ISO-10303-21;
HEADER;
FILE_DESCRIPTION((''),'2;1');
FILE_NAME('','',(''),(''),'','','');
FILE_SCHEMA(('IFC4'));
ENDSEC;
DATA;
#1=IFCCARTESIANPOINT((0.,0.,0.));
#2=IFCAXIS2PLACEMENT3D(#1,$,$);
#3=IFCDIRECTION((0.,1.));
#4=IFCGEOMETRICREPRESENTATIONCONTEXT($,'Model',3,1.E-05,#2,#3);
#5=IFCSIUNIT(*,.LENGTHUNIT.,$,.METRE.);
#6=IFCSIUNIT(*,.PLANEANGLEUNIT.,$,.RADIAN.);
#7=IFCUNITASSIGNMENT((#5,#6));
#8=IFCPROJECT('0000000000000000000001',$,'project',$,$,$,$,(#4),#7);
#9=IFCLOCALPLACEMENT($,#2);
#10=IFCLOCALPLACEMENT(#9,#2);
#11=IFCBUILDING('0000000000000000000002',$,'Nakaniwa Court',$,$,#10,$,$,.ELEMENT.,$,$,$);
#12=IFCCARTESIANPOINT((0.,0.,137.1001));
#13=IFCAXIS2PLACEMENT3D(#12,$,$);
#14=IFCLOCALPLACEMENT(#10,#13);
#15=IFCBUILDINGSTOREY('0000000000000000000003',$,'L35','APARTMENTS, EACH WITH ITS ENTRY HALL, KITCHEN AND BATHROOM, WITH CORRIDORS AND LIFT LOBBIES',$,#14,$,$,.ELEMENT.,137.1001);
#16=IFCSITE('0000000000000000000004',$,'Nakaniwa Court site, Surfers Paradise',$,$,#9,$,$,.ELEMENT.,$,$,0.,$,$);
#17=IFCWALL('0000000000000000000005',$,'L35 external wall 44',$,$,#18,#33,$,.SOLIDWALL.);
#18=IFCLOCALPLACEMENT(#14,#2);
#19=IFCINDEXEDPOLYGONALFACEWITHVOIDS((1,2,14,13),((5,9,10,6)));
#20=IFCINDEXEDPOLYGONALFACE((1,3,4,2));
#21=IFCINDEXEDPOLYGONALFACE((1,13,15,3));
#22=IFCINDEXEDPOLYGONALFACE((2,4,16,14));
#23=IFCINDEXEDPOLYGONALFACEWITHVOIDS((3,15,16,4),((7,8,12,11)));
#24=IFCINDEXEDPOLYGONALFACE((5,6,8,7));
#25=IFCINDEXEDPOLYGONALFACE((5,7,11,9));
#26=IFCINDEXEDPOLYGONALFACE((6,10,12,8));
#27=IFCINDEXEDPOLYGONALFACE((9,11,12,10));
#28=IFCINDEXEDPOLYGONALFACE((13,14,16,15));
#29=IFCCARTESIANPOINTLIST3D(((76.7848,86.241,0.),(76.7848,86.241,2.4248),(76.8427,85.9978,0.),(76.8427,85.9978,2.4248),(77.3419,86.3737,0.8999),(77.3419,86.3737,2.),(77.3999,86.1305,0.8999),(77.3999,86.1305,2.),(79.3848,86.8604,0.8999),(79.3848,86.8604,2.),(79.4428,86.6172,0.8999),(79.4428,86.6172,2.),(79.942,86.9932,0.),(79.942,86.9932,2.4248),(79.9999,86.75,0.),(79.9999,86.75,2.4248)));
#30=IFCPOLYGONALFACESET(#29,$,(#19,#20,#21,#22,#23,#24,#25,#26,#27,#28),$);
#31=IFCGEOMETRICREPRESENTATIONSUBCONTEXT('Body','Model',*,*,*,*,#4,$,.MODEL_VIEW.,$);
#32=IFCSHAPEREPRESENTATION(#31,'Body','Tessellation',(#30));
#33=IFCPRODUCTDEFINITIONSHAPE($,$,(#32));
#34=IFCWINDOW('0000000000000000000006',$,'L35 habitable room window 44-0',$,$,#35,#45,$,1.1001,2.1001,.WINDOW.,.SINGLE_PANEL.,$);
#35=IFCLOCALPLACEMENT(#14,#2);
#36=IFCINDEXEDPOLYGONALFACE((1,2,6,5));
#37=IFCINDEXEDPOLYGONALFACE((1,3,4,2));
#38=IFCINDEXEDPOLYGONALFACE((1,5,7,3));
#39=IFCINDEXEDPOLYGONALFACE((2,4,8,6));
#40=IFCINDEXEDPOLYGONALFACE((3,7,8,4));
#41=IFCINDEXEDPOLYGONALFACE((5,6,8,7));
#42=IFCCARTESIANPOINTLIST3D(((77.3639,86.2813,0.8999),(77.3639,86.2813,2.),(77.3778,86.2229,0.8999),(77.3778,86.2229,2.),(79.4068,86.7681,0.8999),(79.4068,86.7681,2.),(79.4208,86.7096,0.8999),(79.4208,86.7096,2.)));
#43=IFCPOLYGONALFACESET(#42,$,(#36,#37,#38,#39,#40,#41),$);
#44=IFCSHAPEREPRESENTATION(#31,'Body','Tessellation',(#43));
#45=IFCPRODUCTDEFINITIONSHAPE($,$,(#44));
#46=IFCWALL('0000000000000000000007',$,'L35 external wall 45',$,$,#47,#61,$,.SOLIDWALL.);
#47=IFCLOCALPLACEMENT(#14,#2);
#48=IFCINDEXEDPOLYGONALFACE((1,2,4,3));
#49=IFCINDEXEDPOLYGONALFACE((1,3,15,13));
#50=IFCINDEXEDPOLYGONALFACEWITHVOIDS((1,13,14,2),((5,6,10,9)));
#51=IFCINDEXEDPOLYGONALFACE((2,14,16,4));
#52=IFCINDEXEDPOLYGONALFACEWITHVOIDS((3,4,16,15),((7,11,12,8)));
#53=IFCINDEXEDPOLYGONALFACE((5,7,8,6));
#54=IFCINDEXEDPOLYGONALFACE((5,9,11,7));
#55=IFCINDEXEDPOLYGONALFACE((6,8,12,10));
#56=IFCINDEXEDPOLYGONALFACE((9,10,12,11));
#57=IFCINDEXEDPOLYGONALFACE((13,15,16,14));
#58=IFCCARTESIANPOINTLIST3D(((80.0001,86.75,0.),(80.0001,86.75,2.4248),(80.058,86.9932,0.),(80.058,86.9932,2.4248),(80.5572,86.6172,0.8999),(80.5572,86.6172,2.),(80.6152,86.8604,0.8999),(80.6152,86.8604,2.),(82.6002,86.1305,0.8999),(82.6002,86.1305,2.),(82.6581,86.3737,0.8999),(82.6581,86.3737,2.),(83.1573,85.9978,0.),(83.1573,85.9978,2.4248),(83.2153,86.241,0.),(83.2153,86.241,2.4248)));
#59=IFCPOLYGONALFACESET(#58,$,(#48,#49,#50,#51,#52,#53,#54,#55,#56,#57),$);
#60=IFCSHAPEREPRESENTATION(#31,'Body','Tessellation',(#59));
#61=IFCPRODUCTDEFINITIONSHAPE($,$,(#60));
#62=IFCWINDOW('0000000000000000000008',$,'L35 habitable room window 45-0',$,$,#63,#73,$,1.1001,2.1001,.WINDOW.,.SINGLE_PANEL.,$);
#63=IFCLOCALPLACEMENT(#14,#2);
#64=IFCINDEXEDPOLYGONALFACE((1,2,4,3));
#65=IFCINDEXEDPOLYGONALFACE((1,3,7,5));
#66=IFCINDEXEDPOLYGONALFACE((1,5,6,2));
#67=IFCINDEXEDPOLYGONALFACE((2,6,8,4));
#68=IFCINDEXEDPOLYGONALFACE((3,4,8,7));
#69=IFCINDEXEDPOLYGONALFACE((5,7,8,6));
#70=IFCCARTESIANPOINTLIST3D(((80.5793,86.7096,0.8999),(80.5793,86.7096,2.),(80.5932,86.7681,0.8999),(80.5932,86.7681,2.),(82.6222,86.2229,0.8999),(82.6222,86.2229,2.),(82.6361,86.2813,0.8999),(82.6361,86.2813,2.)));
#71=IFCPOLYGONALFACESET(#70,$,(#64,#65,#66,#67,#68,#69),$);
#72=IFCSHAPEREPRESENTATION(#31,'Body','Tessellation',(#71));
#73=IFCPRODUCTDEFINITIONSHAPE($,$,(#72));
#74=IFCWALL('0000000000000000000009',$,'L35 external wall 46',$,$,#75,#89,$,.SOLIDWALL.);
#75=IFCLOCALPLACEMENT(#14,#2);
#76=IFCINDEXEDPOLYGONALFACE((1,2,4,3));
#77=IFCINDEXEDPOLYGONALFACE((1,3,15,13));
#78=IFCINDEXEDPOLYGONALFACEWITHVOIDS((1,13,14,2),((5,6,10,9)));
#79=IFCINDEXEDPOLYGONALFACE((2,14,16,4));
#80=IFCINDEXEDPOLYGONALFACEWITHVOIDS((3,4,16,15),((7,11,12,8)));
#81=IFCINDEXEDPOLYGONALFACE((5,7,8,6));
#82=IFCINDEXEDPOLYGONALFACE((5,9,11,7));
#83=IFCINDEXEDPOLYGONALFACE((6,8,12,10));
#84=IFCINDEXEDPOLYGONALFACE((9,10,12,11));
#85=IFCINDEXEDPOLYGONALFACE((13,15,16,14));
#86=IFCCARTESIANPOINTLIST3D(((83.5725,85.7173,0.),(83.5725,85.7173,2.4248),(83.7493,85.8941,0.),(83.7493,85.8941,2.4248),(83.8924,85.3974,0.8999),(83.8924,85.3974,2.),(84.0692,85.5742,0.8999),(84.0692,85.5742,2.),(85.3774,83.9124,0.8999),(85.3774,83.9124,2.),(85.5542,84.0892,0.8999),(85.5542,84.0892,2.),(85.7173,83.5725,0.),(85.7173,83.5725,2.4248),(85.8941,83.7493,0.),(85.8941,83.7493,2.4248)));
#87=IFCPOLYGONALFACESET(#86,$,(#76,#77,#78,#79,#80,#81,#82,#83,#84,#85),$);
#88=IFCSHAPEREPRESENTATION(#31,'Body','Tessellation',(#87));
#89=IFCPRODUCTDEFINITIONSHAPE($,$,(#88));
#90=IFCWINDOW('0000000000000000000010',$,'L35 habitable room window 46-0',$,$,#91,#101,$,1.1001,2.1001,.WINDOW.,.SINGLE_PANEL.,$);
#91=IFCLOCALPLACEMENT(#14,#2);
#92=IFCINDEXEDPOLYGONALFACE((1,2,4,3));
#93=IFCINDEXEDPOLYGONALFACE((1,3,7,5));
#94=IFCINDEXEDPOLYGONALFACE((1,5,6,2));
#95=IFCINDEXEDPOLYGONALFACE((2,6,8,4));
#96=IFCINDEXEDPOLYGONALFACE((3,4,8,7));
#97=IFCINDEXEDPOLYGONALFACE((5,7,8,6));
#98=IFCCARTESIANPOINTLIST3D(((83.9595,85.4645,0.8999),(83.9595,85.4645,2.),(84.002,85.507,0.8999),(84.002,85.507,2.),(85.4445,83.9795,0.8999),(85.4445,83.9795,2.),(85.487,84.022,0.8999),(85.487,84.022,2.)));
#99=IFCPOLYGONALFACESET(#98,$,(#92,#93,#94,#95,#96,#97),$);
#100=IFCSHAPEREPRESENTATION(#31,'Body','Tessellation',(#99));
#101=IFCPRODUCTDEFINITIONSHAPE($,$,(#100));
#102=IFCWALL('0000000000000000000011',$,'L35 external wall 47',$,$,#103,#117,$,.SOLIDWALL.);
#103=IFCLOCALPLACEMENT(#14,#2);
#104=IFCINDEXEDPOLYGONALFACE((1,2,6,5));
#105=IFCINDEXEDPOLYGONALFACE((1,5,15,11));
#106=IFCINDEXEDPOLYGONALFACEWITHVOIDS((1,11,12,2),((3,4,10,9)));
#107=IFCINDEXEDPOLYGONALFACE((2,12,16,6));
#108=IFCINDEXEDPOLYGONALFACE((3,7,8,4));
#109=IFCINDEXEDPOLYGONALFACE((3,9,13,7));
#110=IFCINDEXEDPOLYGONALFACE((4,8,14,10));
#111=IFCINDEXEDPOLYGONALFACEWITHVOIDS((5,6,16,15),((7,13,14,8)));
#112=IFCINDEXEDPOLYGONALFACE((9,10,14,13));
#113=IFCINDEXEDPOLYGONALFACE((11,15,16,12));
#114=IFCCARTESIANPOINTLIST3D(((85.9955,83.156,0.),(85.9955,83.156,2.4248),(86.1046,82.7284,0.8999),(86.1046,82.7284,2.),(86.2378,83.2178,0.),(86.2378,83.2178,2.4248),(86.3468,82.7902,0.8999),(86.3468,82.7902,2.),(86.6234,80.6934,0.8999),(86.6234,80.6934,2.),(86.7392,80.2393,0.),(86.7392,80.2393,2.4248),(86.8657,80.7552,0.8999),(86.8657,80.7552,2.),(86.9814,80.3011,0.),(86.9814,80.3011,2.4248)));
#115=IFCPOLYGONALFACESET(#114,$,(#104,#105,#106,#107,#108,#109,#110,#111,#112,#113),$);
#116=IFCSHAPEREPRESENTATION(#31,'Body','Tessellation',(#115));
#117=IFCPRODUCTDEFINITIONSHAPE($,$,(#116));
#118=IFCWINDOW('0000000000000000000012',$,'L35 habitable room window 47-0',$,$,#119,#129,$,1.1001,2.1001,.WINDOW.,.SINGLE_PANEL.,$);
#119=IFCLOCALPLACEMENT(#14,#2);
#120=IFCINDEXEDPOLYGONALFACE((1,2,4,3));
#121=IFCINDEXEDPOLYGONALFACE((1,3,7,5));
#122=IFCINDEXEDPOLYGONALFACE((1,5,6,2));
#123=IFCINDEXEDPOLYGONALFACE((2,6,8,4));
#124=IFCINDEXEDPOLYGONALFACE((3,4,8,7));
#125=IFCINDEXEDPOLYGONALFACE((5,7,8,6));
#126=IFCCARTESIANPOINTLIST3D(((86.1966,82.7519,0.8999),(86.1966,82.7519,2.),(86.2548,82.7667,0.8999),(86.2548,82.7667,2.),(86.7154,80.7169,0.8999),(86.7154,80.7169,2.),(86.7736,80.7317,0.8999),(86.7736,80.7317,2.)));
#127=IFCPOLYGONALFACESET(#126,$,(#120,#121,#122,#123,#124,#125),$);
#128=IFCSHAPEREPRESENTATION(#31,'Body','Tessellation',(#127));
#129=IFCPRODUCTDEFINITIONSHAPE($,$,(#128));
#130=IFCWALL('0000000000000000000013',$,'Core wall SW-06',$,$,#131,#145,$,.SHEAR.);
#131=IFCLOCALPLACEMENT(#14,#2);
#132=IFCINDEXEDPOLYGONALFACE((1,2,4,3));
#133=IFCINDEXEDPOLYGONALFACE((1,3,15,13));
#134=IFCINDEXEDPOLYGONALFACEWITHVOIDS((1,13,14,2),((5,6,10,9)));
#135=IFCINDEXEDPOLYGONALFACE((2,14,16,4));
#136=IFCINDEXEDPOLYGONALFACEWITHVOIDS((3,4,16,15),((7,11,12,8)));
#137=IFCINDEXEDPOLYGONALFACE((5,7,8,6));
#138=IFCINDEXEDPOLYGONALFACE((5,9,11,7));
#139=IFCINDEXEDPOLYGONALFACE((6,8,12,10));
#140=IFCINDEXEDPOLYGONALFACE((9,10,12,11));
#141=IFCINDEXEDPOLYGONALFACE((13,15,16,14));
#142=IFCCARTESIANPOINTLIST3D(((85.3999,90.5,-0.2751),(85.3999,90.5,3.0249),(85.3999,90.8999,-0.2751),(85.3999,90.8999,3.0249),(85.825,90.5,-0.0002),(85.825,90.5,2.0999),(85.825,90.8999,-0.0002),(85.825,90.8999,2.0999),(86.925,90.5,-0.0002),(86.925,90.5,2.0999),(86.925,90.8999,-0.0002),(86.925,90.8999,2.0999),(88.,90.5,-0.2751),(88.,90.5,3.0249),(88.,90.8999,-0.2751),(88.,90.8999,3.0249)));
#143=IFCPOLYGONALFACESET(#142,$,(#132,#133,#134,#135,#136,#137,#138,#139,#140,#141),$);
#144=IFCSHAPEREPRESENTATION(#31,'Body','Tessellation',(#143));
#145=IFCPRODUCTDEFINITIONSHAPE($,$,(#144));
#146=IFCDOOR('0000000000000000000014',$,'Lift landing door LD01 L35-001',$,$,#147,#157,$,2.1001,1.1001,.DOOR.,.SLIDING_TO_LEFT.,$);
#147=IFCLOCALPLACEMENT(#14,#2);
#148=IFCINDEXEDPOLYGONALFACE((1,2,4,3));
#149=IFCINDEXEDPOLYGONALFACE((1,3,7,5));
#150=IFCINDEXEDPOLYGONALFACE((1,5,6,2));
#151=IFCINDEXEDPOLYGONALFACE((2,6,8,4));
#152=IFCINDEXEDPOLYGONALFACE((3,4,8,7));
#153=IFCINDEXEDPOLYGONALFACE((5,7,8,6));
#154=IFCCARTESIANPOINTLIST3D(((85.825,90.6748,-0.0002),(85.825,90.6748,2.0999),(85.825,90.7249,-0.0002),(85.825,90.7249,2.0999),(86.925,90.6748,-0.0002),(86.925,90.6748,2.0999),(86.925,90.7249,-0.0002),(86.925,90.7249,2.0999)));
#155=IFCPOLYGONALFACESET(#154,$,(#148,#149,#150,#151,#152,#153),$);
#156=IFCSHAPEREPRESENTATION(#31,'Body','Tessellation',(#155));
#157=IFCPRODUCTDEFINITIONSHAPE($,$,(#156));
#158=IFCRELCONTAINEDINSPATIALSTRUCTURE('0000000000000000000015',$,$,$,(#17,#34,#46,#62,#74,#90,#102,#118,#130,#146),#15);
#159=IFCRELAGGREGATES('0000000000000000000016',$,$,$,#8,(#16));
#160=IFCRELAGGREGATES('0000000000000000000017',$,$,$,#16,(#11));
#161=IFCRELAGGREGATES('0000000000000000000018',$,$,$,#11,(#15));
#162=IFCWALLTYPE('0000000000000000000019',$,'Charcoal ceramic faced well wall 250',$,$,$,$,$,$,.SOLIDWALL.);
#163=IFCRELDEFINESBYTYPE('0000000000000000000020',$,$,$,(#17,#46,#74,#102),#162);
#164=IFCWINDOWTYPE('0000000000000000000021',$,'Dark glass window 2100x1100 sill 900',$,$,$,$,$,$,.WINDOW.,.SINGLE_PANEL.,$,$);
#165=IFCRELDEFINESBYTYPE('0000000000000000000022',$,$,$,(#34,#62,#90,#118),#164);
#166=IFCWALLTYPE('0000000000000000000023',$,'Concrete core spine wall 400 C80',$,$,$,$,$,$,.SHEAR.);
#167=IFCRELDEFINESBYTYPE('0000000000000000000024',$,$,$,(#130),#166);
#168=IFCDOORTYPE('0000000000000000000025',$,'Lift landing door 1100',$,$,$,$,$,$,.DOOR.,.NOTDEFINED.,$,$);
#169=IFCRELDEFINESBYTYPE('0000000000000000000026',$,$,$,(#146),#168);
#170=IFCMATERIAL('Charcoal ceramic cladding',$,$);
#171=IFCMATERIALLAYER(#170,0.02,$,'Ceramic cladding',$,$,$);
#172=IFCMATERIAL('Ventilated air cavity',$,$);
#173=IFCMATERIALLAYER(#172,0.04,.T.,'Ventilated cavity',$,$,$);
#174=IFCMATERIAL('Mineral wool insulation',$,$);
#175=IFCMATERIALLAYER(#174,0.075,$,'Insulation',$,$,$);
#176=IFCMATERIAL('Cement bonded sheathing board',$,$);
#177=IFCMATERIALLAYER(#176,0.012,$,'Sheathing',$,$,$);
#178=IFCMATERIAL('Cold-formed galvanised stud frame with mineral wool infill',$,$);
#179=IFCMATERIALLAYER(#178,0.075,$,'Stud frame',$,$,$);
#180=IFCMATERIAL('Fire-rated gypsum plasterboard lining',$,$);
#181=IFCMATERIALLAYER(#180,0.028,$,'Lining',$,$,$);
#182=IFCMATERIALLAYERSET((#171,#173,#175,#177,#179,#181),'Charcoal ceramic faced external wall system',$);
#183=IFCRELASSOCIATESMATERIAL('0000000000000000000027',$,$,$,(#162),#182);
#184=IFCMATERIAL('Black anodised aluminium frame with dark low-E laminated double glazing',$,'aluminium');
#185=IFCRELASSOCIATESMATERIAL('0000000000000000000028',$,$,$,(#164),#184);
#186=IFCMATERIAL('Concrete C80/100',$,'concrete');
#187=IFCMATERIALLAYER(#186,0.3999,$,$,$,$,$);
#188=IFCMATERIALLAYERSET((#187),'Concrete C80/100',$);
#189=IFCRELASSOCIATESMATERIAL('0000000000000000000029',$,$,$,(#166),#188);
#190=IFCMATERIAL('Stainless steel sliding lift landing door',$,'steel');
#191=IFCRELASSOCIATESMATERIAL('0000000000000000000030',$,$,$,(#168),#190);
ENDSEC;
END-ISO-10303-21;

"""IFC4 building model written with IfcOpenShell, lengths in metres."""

from ifc_helpers import new_model, si_unit, direction, frame, frame_2d, origin, place, context, subcontext, project, spatial, rectangle, extrude, material, layer, layer_set, type_object, element, fill, save


model = new_model("IFC4")

# Units and contexts
model_context = context("Model", 3, precision=1e-05, world=origin(), true_north=direction((0.0, 1.0)))
body_context = subcontext(model_context, "Body", "Model", "MODEL_VIEW")
ifc_project = project(units=[si_unit("LENGTHUNIT", "METRE"), si_unit("PLANEANGLEUNIT", "RADIAN")], contexts=[model_context])

# Site, building, storey
site_placement = place(None, origin())
site = spatial("IfcSite", under=ifc_project, at=site_placement, Name="Nakaniwa Court site, Surfers Paradise", CompositionType="ELEMENT", RefElevation=0.0)
building_placement = place(site_placement, origin())
building = spatial("IfcBuilding", under=site, at=building_placement, Name="Nakaniwa Court", CompositionType="ELEMENT")
storey_placement = place(building_placement, frame((0.0, 0.0, 137.1001)))
storey = spatial("IfcBuildingStorey", under=building, at=storey_placement, Name="L35", Description="APARTMENTS, EACH WITH ITS ENTRY HALL, KITCHEN AND BATHROOM, WITH CORRIDORS AND LIFT LOBBIES", CompositionType="ELEMENT", Elevation=137.1001)

# Shared definitions
ifc_material_1 = material(Name="Concrete C80/100", Category="concrete")

# Walls, openings, windows
ifc_material_2 = material(Name="Charcoal ceramic cladding")
ifc_layer_1 = layer(ifc_material_2, 0.02, Name="Ceramic cladding")
ifc_material_3 = material(Name="Ventilated air cavity")
ifc_layer_2 = layer(ifc_material_3, 0.04, ventilated=True, Name="Ventilated cavity")
ifc_material_4 = material(Name="Mineral wool insulation")
ifc_layer_3 = layer(ifc_material_4, 0.075, Name="Insulation")
ifc_material_5 = material(Name="Cement bonded sheathing board")
ifc_layer_4 = layer(ifc_material_5, 0.012, Name="Sheathing")
ifc_material_6 = material(Name="Cold-formed galvanised stud frame with mineral wool infill")
ifc_layer_5 = layer(ifc_material_6, 0.075, Name="Stud frame")
ifc_material_7 = material(Name="Fire-rated gypsum plasterboard lining")
ifc_layer_6 = layer(ifc_material_7, 0.028, Name="Lining")
ifc_layer_set_1 = layer_set([ifc_layer_1, ifc_layer_2, ifc_layer_3, ifc_layer_4, ifc_layer_5, ifc_layer_6], Name="Charcoal ceramic faced external wall system")
wall_type_1 = type_object("IfcWallType", Name="Charcoal ceramic faced well wall 250", PredefinedType="SOLIDWALL", material=ifc_layer_set_1)
wall_1_placement = place(storey_placement, frame((76.8137, 86.1194, 0.0), z_axis=(0.0, 0.0, 1.0), x_axis=(0.972773, 0.23176, 0.0)))
wall_1 = element("IfcWall", 1, at=wall_1_placement, inside=storey, type_object=wall_type_1, Name="L35 external wall 44", PredefinedType="SOLIDWALL", context=body_context, shape_type="SweptSolid", body=[
    extrude(rectangle(XDim=3.2456, YDim=0.25, at=frame_2d((1.6228, 0.0))), origin(), (0.0, 0.0, 1.0), 2.4248),
])
opening_1_placement = place(wall_1_placement, frame((0.5728, 0.0, 0.8999)))
opening_1 = element("IfcOpeningElement", 2, at=opening_1_placement, cuts=wall_1, PredefinedType="OPENING", context=body_context, shape_type="SweptSolid", body=[
    extrude(rectangle(XDim=2.1001, YDim=1.1001, at=frame_2d((1.05, 0.55))), frame((0.0, 0.135, 0.0), z_axis=(0.0, -1.0, 0.0), x_axis=(1.0, 0.0, 0.0)), (0.0, 0.0, 1.0), 0.27),
])
ifc_material_8 = material(Name="Black anodised aluminium frame with dark low-E laminated double glazing", Category="aluminium")
window_type = type_object("IfcWindowType", Name="Dark glass window 2100x1100 sill 900", PartitioningType="SINGLE_PANEL", PredefinedType="WINDOW", material=ifc_material_8)
window_1_placement = place(opening_1_placement, origin())
window_1 = element("IfcWindow", 3, at=window_1_placement, inside=storey, type_object=window_type, Name="L35 habitable room window 44-0", OverallHeight=1.1001, OverallWidth=2.1001, PartitioningType="SINGLE_PANEL", PredefinedType="WINDOW", context=body_context, shape_type="SweptSolid", body=[
    extrude(rectangle(XDim=2.1001, YDim=1.1001, at=frame_2d((1.05, 0.55))), frame((0.0, 0.03, 0.0), z_axis=(0.0, -1.0, 0.0), x_axis=(1.0, 0.0, 0.0)), (0.0, 0.0, 1.0), 0.0601),
])
fill(opening_1, window_1)
wall_2_placement = place(storey_placement, frame((80.0291, 86.8716, 0.0), z_axis=(0.0, 0.0, 1.0), x_axis=(0.972773, -0.23176, 0.0)))
wall_2 = element("IfcWall", 4, at=wall_2_placement, inside=storey, type_object=wall_type_1, Name="L35 external wall 45", PredefinedType="SOLIDWALL", context=body_context, shape_type="SweptSolid", body=[
    extrude(rectangle(XDim=3.2456, YDim=0.25, at=frame_2d((1.6228, 0.0))), origin(), (0.0, 0.0, 1.0), 2.4248),
])
opening_2_placement = place(wall_2_placement, frame((0.5728, 0.0, 0.8999)))
opening_2 = element("IfcOpeningElement", 5, at=opening_2_placement, cuts=wall_2, PredefinedType="OPENING", context=body_context, shape_type="SweptSolid", body=[
    extrude(rectangle(XDim=2.1001, YDim=1.1001, at=frame_2d((1.05, 0.55))), frame((0.0, 0.135, 0.0), z_axis=(0.0, -1.0, 0.0), x_axis=(1.0, 0.0, 0.0)), (0.0, 0.0, 1.0), 0.27),
])
window_2_placement = place(opening_2_placement, origin())
window_2 = element("IfcWindow", 6, at=window_2_placement, inside=storey, type_object=window_type, Name="L35 habitable room window 45-0", OverallHeight=1.1001, OverallWidth=2.1001, PartitioningType="SINGLE_PANEL", PredefinedType="WINDOW", context=body_context, shape_type="SweptSolid", body=[
    extrude(rectangle(XDim=2.1001, YDim=1.1001, at=frame_2d((1.05, 0.55))), frame((0.0, 0.03, 0.0), z_axis=(0.0, -1.0, 0.0), x_axis=(1.0, 0.0, 0.0)), (0.0, 0.0, 1.0), 0.0601),
])
fill(opening_2, window_2)
wall_3_placement = place(storey_placement, frame((83.6609, 85.8057, 0.0), z_axis=(0.0, 0.0, 1.0), x_axis=(0.707107, -0.707107, 0.0)))
wall_3 = element("IfcWall", 7, at=wall_3_placement, inside=storey, type_object=wall_type_1, Name="L35 external wall 46", PredefinedType="SOLIDWALL", context=body_context, shape_type="SweptSolid", body=[
    extrude(rectangle(XDim=3.0332, YDim=0.25, at=frame_2d((1.5166, 0.0))), origin(), (0.0, 0.0, 1.0), 2.4248),
])
opening_3_placement = place(wall_3_placement, frame((0.4524, 0.0, 0.8999)))
opening_3 = element("IfcOpeningElement", 8, at=opening_3_placement, cuts=wall_3, PredefinedType="OPENING", context=body_context, shape_type="SweptSolid", body=[
    extrude(rectangle(XDim=2.1001, YDim=1.1001, at=frame_2d((1.05, 0.55))), frame((0.0, 0.135, 0.0), z_axis=(0.0, -1.0, 0.0), x_axis=(1.0, 0.0, 0.0)), (0.0, 0.0, 1.0), 0.27),
])
window_3_placement = place(opening_3_placement, origin())
window_3 = element("IfcWindow", 9, at=window_3_placement, inside=storey, type_object=window_type, Name="L35 habitable room window 46-0", OverallHeight=1.1001, OverallWidth=2.1001, PartitioningType="SINGLE_PANEL", PredefinedType="WINDOW", context=body_context, shape_type="SweptSolid", body=[
    extrude(rectangle(XDim=2.1001, YDim=1.1001, at=frame_2d((1.05, 0.55))), frame((0.0, 0.03, 0.0), z_axis=(0.0, -1.0, 0.0), x_axis=(1.0, 0.0, 0.0)), (0.0, 0.0, 1.0), 0.0601),
])
fill(opening_3, window_3)
wall_4_placement = place(storey_placement, frame((86.1167, 83.1868, 0.0), z_axis=(0.0, 0.0, 1.0), x_axis=(0.247056, -0.969001, 0.0)))
wall_4 = element("IfcWall", 10, at=wall_4_placement, inside=storey, type_object=wall_type_1, Name="L35 external wall 47", PredefinedType="SOLIDWALL", context=body_context, shape_type="SweptSolid", body=[
    extrude(rectangle(XDim=3.01, YDim=0.25, at=frame_2d((1.5049, 0.0))), origin(), (0.0, 0.0, 1.0), 2.4248),
])
opening_4_placement = place(wall_4_placement, frame((0.4412, 0.0, 0.8999)))
opening_4 = element("IfcOpeningElement", 11, at=opening_4_placement, cuts=wall_4, PredefinedType="OPENING", context=body_context, shape_type="SweptSolid", body=[
    extrude(rectangle(XDim=2.1001, YDim=1.1001, at=frame_2d((1.05, 0.55))), frame((0.0, 0.135, 0.0), z_axis=(0.0, -1.0, 0.0), x_axis=(1.0, 0.0, 0.0)), (0.0, 0.0, 1.0), 0.27),
])
window_4_placement = place(opening_4_placement, origin())
window_4 = element("IfcWindow", 12, at=window_4_placement, inside=storey, type_object=window_type, Name="L35 habitable room window 47-0", OverallHeight=1.1001, OverallWidth=2.1001, PartitioningType="SINGLE_PANEL", PredefinedType="WINDOW", context=body_context, shape_type="SweptSolid", body=[
    extrude(rectangle(XDim=2.1001, YDim=1.1001, at=frame_2d((1.05, 0.55))), frame((0.0, 0.03, 0.0), z_axis=(0.0, -1.0, 0.0), x_axis=(1.0, 0.0, 0.0)), (0.0, 0.0, 1.0), 0.0601),
])
fill(opening_4, window_4)

# Wall, opening, door
ifc_layer_7 = layer(ifc_material_1, 0.3999)
ifc_layer_set_2 = layer_set([ifc_layer_7], Name="Concrete C80/100")
wall_type_2 = type_object("IfcWallType", Name="Concrete core spine wall 400 C80", PredefinedType="SHEAR", material=ifc_layer_set_2)
wall_5_placement = place(storey_placement, frame((85.3999, 90.7, -0.2751), z_axis=(0.0, 0.0, 1.0), x_axis=(1.0, 0.0, 0.0)))
wall_5 = element("IfcWall", 13, at=wall_5_placement, inside=storey, type_object=wall_type_2, Name="Core wall SW-06", PredefinedType="SHEAR", context=body_context, shape_type="SweptSolid", body=[
    extrude(rectangle(XDim=2.6001, YDim=0.3999, at=frame_2d((1.3, 0.0))), origin(), (0.0, 0.0, 1.0), 3.3),
])
opening_5_placement = place(wall_5_placement, frame((0.425, 0.0, 0.2749)))
opening_5 = element("IfcOpeningElement", 14, at=opening_5_placement, cuts=wall_5, PredefinedType="OPENING", context=body_context, shape_type="SweptSolid", body=[
    extrude(rectangle(XDim=1.1001, YDim=2.1001, at=frame_2d((0.55, 1.05))), frame((0.0, 0.21, 0.0), z_axis=(0.0, -1.0, 0.0), x_axis=(1.0, 0.0, 0.0)), (0.0, 0.0, 1.0), 0.4199),
])
ifc_material_9 = material(Name="Stainless steel sliding lift landing door", Category="steel")
door_type_1 = type_object("IfcDoorType", Name="Lift landing door 1100", OperationType="NOTDEFINED", PredefinedType="DOOR", material=ifc_material_9)
door_1_placement = place(opening_5_placement, origin())
door_1 = element("IfcDoor", 15, at=door_1_placement, inside=storey, type_object=door_type_1, Name="Lift landing door LD01 L35-001", OperationType="SLIDING_TO_LEFT", OverallHeight=2.1001, OverallWidth=1.1001, PredefinedType="DOOR", context=body_context, shape_type="SweptSolid", body=[
    extrude(rectangle(XDim=1.1001, YDim=2.1001, at=frame_2d((0.55, 1.05))), frame((0.0, 0.0249, 0.0), z_axis=(0.0, -1.0, 0.0), x_axis=(1.0, 0.0, 0.0)), (0.0, 0.0, 1.0), 0.05),
])
fill(opening_5, door_1)

save(model, "model.ifc")
